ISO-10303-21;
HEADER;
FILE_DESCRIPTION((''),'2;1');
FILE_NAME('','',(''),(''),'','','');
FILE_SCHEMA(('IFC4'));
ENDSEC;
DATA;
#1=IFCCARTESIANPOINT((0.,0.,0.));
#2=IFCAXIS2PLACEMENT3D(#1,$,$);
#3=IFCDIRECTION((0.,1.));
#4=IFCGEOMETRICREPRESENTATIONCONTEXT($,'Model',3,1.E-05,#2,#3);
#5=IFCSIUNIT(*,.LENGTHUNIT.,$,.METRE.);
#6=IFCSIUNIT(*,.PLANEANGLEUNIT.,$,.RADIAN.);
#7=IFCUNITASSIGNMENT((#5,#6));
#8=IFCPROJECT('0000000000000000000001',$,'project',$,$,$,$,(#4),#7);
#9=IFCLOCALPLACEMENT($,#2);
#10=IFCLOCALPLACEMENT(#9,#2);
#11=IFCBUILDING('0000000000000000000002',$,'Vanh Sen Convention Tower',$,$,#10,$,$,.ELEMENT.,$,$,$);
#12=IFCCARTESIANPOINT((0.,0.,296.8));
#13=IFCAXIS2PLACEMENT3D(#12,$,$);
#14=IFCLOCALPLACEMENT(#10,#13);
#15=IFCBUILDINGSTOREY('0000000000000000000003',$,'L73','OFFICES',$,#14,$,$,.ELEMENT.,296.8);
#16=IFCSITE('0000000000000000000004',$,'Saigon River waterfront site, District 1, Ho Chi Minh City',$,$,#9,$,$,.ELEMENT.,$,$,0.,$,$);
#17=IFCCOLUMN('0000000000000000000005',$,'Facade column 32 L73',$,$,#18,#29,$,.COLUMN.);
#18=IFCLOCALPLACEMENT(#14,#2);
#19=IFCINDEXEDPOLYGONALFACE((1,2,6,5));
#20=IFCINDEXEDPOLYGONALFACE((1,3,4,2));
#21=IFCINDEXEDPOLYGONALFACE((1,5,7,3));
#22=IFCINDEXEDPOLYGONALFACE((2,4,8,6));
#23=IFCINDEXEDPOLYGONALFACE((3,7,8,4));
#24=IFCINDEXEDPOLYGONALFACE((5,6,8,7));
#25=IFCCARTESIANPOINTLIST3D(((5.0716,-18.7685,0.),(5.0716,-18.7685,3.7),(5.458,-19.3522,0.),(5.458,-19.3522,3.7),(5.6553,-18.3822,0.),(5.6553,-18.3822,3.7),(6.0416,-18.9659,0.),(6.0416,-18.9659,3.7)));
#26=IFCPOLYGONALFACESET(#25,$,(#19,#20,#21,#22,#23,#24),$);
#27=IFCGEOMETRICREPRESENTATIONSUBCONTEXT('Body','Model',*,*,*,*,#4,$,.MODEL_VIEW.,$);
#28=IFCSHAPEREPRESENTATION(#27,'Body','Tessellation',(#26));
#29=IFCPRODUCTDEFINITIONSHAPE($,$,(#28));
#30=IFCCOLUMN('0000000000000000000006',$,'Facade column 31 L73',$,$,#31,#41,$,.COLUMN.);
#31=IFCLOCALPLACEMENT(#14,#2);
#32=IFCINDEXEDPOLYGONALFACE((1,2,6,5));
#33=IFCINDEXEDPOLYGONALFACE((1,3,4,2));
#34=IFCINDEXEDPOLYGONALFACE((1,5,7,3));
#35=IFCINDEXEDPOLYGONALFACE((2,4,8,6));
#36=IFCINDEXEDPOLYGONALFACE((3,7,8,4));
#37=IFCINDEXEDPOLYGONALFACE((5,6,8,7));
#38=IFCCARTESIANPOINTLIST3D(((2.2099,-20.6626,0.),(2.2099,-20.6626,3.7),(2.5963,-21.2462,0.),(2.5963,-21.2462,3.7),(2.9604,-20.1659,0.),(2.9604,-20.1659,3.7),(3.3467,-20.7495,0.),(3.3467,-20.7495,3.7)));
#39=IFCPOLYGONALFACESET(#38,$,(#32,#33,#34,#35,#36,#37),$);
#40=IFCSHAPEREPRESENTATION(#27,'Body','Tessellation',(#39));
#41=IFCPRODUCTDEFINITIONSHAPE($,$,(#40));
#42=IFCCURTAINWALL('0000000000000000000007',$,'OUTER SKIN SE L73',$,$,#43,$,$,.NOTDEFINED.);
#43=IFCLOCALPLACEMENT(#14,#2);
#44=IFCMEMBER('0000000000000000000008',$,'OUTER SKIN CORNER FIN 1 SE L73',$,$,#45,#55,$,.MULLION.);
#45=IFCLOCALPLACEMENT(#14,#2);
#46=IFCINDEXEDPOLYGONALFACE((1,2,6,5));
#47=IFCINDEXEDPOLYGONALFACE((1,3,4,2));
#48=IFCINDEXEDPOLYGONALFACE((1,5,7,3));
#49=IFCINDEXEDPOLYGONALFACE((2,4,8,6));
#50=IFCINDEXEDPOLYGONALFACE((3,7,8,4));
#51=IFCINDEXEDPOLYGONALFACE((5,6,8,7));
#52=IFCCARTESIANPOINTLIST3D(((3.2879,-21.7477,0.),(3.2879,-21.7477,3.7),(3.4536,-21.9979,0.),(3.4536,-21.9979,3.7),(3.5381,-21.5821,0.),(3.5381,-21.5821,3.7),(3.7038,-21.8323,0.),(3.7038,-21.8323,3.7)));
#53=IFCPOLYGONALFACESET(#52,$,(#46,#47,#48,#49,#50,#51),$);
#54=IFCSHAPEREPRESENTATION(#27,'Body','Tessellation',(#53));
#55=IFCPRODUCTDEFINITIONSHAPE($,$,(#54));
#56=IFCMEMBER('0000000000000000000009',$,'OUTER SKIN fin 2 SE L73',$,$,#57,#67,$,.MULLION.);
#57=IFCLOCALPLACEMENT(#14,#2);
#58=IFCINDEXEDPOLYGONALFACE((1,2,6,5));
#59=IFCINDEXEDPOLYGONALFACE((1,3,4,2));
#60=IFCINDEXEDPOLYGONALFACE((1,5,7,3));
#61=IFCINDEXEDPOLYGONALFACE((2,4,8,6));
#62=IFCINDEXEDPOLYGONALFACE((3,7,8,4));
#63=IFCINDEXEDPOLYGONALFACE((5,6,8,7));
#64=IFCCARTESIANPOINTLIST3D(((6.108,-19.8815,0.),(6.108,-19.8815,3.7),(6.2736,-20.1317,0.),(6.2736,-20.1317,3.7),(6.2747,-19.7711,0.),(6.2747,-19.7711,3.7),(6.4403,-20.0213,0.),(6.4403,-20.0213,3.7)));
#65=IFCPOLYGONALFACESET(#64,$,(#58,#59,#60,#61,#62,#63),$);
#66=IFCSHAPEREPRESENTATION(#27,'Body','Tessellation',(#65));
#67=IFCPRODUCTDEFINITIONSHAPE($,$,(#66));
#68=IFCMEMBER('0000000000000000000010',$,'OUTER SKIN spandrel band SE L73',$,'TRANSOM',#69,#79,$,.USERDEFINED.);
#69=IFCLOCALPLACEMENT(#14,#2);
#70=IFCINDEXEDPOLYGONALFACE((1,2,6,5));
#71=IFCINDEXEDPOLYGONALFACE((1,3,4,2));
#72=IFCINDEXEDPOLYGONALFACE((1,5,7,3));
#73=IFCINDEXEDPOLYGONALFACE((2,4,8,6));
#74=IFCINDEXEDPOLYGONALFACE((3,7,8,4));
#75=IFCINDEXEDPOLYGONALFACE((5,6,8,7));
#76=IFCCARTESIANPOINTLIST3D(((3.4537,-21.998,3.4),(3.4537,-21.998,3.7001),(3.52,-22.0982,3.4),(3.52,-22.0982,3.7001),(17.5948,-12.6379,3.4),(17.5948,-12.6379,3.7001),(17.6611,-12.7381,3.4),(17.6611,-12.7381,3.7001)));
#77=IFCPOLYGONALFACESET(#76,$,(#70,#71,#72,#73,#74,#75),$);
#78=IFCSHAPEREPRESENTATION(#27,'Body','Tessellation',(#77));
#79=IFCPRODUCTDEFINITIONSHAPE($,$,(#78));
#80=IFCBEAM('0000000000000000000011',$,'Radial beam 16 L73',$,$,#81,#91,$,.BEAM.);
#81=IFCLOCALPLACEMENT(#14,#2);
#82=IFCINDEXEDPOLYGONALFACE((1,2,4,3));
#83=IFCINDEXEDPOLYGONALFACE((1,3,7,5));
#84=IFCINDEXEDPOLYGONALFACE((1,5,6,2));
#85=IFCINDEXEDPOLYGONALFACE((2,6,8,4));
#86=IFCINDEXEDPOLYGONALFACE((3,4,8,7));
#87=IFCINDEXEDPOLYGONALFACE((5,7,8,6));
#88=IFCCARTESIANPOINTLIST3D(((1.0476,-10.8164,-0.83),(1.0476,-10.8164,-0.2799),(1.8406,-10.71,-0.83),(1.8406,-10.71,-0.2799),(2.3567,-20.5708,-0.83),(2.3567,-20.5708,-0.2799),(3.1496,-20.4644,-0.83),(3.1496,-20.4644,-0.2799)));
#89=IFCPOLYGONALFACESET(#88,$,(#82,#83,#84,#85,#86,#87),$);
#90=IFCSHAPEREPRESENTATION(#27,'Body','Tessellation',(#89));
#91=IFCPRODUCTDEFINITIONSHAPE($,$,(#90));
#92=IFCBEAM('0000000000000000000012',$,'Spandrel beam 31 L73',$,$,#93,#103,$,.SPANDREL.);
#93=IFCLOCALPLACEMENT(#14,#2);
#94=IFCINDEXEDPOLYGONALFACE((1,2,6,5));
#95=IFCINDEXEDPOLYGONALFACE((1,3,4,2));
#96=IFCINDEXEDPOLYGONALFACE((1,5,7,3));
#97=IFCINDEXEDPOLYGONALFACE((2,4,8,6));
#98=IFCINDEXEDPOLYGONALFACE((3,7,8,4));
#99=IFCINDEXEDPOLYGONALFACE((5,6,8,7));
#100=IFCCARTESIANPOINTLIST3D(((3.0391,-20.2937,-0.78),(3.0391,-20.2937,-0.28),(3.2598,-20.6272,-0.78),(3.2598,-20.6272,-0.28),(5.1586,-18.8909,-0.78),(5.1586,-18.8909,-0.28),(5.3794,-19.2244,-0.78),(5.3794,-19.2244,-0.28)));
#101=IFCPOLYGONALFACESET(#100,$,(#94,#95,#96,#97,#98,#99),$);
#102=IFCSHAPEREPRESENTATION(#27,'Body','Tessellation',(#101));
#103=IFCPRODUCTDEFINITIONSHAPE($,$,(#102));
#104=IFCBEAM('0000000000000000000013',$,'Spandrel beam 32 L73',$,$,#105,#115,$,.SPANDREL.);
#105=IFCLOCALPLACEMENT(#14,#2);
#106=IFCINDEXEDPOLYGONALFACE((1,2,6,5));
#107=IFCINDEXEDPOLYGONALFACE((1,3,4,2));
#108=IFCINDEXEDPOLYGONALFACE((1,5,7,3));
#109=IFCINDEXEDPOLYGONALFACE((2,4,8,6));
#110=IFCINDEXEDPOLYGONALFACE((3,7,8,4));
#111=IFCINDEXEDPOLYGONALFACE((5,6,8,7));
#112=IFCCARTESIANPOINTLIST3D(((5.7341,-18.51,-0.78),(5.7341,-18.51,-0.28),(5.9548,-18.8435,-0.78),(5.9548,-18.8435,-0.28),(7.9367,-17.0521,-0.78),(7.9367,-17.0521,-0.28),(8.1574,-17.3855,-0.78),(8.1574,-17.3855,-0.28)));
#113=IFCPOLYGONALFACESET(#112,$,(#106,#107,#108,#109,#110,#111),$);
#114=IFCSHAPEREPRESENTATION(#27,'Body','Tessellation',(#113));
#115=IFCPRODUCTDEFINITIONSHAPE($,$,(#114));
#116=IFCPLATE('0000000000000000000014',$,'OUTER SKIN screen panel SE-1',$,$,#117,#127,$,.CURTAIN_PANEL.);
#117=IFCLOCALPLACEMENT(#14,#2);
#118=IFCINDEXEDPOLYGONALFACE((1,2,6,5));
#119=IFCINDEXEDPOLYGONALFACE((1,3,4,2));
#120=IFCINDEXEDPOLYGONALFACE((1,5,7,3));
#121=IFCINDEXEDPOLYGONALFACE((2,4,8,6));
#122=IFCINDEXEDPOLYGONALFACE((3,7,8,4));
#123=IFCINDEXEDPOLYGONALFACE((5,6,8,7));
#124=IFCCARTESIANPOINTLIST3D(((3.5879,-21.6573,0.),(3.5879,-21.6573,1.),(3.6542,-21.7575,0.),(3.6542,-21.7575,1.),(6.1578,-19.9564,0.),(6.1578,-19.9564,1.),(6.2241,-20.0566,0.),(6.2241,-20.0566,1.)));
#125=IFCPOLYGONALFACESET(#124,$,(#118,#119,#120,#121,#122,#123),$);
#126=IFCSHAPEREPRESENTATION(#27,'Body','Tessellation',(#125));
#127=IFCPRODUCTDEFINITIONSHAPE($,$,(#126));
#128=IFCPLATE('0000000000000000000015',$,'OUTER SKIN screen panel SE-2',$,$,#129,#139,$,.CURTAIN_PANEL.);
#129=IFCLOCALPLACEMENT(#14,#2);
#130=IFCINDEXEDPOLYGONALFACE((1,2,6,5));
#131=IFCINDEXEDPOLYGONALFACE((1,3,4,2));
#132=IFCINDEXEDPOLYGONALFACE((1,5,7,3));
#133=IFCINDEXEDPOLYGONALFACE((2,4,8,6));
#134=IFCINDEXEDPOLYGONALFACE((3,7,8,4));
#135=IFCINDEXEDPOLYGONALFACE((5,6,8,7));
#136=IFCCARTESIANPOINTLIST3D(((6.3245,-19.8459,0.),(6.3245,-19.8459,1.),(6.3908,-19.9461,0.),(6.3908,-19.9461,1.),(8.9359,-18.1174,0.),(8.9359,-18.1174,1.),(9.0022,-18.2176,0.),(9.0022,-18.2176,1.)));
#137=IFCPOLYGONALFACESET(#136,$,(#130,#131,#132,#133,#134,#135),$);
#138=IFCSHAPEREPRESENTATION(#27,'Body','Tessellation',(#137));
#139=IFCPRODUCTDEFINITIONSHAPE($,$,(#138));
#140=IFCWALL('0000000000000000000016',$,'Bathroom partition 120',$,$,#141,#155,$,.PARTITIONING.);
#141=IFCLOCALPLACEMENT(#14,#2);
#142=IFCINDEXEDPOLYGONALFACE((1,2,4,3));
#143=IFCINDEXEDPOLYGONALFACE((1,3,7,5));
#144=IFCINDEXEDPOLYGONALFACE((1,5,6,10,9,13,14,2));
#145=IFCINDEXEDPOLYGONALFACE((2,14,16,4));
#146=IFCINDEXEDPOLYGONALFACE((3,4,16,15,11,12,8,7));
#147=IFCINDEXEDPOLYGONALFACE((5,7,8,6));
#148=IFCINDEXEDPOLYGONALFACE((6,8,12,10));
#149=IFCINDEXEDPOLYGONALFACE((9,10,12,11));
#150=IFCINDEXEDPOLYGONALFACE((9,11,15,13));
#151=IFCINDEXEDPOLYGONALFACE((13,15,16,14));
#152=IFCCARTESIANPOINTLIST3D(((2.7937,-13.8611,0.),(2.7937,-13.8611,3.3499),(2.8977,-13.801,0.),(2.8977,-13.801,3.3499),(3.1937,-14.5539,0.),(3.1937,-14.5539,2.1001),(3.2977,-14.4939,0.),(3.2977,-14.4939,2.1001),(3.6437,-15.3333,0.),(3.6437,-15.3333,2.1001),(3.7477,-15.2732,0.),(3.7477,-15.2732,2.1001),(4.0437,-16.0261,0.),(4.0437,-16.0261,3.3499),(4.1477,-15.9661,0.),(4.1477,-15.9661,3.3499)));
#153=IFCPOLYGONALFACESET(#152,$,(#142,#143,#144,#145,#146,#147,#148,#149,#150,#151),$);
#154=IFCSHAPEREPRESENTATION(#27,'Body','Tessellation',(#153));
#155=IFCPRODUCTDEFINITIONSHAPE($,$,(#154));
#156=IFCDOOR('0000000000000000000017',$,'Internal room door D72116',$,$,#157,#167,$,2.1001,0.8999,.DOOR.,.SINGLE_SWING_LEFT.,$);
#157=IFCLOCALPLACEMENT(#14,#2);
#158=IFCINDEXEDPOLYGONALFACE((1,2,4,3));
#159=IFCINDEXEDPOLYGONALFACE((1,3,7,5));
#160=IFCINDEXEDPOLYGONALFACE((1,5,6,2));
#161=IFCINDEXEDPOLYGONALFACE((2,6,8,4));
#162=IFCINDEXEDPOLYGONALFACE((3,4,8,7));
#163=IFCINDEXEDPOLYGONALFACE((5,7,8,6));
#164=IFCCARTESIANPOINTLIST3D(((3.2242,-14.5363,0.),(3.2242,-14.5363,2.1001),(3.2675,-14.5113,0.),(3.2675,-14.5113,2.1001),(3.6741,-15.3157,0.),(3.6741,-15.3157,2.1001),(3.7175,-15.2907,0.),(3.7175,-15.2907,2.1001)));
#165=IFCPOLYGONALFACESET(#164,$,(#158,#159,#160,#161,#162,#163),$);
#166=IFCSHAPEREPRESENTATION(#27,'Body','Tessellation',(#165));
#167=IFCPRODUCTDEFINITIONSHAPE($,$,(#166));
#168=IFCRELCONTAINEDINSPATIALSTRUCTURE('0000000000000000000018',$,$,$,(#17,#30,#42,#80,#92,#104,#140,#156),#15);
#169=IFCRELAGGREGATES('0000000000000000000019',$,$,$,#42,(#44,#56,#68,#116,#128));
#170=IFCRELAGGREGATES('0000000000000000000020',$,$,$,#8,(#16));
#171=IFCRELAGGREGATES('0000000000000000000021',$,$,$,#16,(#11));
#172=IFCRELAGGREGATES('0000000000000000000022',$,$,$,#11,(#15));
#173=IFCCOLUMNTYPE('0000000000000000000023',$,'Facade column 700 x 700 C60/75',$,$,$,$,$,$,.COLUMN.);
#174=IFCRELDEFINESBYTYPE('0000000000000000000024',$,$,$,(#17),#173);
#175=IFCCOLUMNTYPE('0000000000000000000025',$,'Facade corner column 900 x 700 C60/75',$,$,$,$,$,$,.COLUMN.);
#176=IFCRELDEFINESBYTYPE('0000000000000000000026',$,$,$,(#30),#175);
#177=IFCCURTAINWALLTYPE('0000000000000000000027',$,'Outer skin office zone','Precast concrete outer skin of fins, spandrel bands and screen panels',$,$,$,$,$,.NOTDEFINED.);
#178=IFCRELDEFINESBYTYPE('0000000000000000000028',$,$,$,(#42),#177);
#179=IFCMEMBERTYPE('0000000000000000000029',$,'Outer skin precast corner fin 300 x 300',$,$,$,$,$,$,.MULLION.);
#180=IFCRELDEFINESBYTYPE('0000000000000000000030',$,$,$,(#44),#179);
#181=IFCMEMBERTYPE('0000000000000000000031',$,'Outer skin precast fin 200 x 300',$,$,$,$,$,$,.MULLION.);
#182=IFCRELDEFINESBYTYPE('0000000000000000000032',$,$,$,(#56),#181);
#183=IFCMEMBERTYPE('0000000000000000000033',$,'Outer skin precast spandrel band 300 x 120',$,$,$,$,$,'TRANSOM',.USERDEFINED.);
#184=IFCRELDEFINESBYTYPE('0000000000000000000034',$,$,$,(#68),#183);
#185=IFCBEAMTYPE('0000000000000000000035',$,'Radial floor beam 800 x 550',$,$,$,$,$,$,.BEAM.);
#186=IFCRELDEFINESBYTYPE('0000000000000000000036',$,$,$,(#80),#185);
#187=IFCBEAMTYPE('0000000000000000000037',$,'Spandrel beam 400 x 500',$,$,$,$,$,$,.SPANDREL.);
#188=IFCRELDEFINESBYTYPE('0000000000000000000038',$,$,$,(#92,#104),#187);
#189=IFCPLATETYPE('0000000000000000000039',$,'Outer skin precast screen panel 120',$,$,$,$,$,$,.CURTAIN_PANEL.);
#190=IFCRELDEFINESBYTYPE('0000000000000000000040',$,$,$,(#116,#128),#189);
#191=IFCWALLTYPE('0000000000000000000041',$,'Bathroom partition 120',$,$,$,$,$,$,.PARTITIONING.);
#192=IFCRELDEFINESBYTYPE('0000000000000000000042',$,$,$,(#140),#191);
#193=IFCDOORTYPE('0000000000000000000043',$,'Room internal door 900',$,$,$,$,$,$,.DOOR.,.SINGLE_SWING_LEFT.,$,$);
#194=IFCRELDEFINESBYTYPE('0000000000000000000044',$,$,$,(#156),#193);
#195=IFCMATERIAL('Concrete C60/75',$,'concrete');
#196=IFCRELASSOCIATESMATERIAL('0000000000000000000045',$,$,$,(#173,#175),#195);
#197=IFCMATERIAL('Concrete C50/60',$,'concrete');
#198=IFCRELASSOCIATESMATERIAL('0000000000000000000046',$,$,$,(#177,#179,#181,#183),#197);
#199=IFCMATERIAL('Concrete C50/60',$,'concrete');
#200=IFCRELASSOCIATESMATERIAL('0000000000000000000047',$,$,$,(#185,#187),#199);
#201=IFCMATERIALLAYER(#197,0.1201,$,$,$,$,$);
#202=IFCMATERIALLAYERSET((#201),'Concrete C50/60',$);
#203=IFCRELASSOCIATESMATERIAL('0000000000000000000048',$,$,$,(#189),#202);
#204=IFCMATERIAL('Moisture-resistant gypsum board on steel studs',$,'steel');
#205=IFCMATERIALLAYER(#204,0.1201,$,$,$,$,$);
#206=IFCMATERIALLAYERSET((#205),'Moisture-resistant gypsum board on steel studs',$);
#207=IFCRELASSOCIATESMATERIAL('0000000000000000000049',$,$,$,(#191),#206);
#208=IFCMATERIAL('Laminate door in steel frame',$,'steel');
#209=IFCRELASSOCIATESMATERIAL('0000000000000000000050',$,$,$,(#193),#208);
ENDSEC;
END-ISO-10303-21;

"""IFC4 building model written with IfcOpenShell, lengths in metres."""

from ifc_helpers import new_model, si_unit, direction, frame, frame_2d, origin, origin_2d, place, context, subcontext, project, spatial, rectangle, extrude, material, layer, layer_set, material_profile, profile_set, type_object, element, fill, aggregate, save


model = new_model("IFC4")

# Units and contexts
model_context = context("Model", 3, precision=1e-05, world=origin(), true_north=direction((0.0, 1.0)))
body_context = subcontext(model_context, "Body", "Model", "MODEL_VIEW")
ifc_project = project(units=[si_unit("LENGTHUNIT", "METRE"), si_unit("PLANEANGLEUNIT", "RADIAN")], contexts=[model_context])

# Site, building, storey
site_placement = place(None, origin())
site = spatial("IfcSite", under=ifc_project, at=site_placement, Name="Saigon River waterfront site, District 1, Ho Chi Minh City", CompositionType="ELEMENT", RefElevation=0.0)
building_placement = place(site_placement, origin())
building = spatial("IfcBuilding", under=site, at=building_placement, Name="Vanh Sen Convention Tower", CompositionType="ELEMENT")
storey_placement = place(building_placement, frame((0.0, 0.0, 296.8)))
storey = spatial("IfcBuildingStorey", under=building, at=storey_placement, Name="L73", Description="OFFICES", CompositionType="ELEMENT", Elevation=296.8)

# Columns
ifc_material_1 = material(Name="Concrete C60/75", Category="concrete")
ifc_material_profile_1 = material_profile(ifc_material_1, rectangle(XDim=0.7, YDim=0.7, at=origin_2d()), Name="RC 700X700")
ifc_profile_set_1 = profile_set([ifc_material_profile_1], Name="Concrete C60/75")
column_type_1 = type_object("IfcColumnType", Name="Facade column 700 x 700 C60/75", PredefinedType="COLUMN", material=ifc_profile_set_1)
column_1_placement = place(storey_placement, frame((5.5566, -18.8672, 0.0), z_axis=(0.0, 0.0, 1.0), x_axis=(0.833886, 0.551937, 0.0)))
element("IfcColumn", 1, at=column_1_placement, inside=storey, type_object=column_type_1, Name="Facade column 32 L73", PredefinedType="COLUMN", context=body_context, shape_type="SweptSolid", body=[
    extrude(rectangle(XDim=0.7, YDim=0.7, at=origin_2d()), origin(), (0.0, 0.0, 1.0), 3.7),
])
ifc_material_profile_2 = material_profile(ifc_material_1, rectangle(XDim=0.8999, YDim=0.7, at=origin_2d()), Name="RC 900X700")
ifc_profile_set_2 = profile_set([ifc_material_profile_2], Name="Concrete C60/75")
column_type_2 = type_object("IfcColumnType", Name="Facade corner column 900 x 700 C60/75", PredefinedType="COLUMN", material=ifc_profile_set_2)
column_2_placement = place(storey_placement, frame((2.7783, -20.7061, 0.0), z_axis=(0.0, 0.0, 1.0), x_axis=(0.833886, 0.551937, 0.0)))
element("IfcColumn", 2, at=column_2_placement, inside=storey, type_object=column_type_2, Name="Facade column 31 L73", PredefinedType="COLUMN", context=body_context, shape_type="SweptSolid", body=[
    extrude(rectangle(XDim=0.8999, YDim=0.7, at=origin_2d()), origin(), (0.0, 0.0, 1.0), 3.7),
])

# Curtain wall, members
ifc_material_2 = material(Name="Concrete C50/60", Category="concrete")
curtain_wall_type = type_object("IfcCurtainWallType", Name="Outer skin office zone", Description="Precast concrete outer skin of fins, spandrel bands and screen panels", PredefinedType="NOTDEFINED", material=ifc_material_2)
curtain_wall_placement = place(storey_placement, origin())
curtain_wall = element("IfcCurtainWall", 3, at=curtain_wall_placement, inside=storey, type_object=curtain_wall_type, Name="OUTER SKIN SE L73", PredefinedType="NOTDEFINED")
ifc_material_profile_3 = material_profile(ifc_material_2, rectangle(XDim=0.3, YDim=0.3, at=origin_2d()), Name="Outer skin precast corner fin 300 x 300")
ifc_profile_set_3 = profile_set([ifc_material_profile_3], Name="Concrete C50/60")
member_type_1 = type_object("IfcMemberType", Name="Outer skin precast corner fin 300 x 300", PredefinedType="MULLION", material=ifc_profile_set_3)
member_1_placement = place(storey_placement, frame((3.4958, -21.79, 0.0), z_axis=(0.0, 0.0, 1.0), x_axis=(0.833886, 0.551937, 0.0)))
member_1 = element("IfcMember", 4, at=member_1_placement, type_object=member_type_1, Name="OUTER SKIN CORNER FIN 1 SE L73", PredefinedType="MULLION", context=body_context, shape_type="SweptSolid", body=[
    extrude(rectangle(XDim=0.3, YDim=0.3, at=origin_2d()), origin(), (0.0, 0.0, 1.0), 3.7),
])
ifc_material_profile_4 = material_profile(ifc_material_2, rectangle(XDim=0.2, YDim=0.3, at=origin_2d()), Name="Outer skin precast fin 200 x 300")
ifc_profile_set_4 = profile_set([ifc_material_profile_4], Name="Concrete C50/60")
member_type_2 = type_object("IfcMemberType", Name="Outer skin precast fin 200 x 300", PredefinedType="MULLION", material=ifc_profile_set_4)
member_2_placement = place(storey_placement, frame((6.2742, -19.9514, 0.0), z_axis=(0.0, 0.0, 1.0), x_axis=(0.833886, 0.551937, 0.0)))
member_2 = element("IfcMember", 5, at=member_2_placement, type_object=member_type_2, Name="OUTER SKIN fin 2 SE L73", PredefinedType="MULLION", context=body_context, shape_type="SweptSolid", body=[
    extrude(rectangle(XDim=0.2, YDim=0.3, at=origin_2d()), origin(), (0.0, 0.0, 1.0), 3.7),
])
ifc_material_profile_5 = material_profile(ifc_material_2, rectangle(XDim=0.1201, YDim=0.3, at=origin_2d()), Name="Outer skin precast spandrel band 300 x 120")
ifc_profile_set_5 = profile_set([ifc_material_profile_5], Name="Concrete C50/60")
member_type_3 = type_object("IfcMemberType", Name="Outer skin precast spandrel band 300 x 120", ElementType="TRANSOM", PredefinedType="USERDEFINED", material=ifc_profile_set_5)
member_3_placement = place(storey_placement, frame((3.4868, -22.0481, 3.55), z_axis=(0.833877, 0.55195, 0.0), x_axis=(-0.55195, 0.833877, 0.0)))
member_3 = element("IfcMember", 6, at=member_3_placement, type_object=member_type_3, Name="OUTER SKIN spandrel band SE L73", ObjectType="TRANSOM", PredefinedType="USERDEFINED", context=body_context, shape_type="SweptSolid", body=[
    extrude(rectangle(XDim=0.1201, YDim=0.3, at=origin_2d()), origin(), (0.0, 0.0, 1.0), 16.9583),
])

# Beams
ifc_material_3 = material(Name="Concrete C50/60", Category="concrete")
ifc_material_profile_6 = material_profile(ifc_material_3, rectangle(XDim=0.8, YDim=0.55, at=origin_2d()), Name="RC 800X550")
ifc_profile_set_6 = profile_set([ifc_material_profile_6], Name="Concrete C50/60")
beam_type_1 = type_object("IfcBeamType", Name="Radial floor beam 800 x 550", PredefinedType="BEAM", material=ifc_profile_set_6)
beam_1_placement = place(storey_placement, frame((2.7532, -20.5176, -0.5549), z_axis=(-0.133012, 0.991114, 0.0), x_axis=(-0.991114, -0.133012, 0.0)))
element("IfcBeam", 7, at=beam_1_placement, inside=storey, type_object=beam_type_1, Name="Radial beam 16 L73", PredefinedType="BEAM", context=body_context, shape_type="SweptSolid", body=[
    extrude(rectangle(XDim=0.8, YDim=0.55, at=origin_2d()), origin(), (0.0, 0.0, 1.0), 9.8418),
])
ifc_material_profile_7 = material_profile(ifc_material_3, rectangle(XDim=0.3999, YDim=0.5, at=origin_2d()), Name="RC 400X500")
ifc_profile_set_7 = profile_set([ifc_material_profile_7], Name="Concrete C50/60")
beam_type_2 = type_object("IfcBeamType", Name="Spandrel beam 400 x 500", PredefinedType="SPANDREL", material=ifc_profile_set_7)
beam_2_placement = place(storey_placement, frame((3.1494, -20.4604, -0.53), z_axis=(0.833908, 0.551904, 0.0), x_axis=(-0.551904, 0.833908, 0.0)))
element("IfcBeam", 8, at=beam_2_placement, inside=storey, type_object=beam_type_2, Name="Spandrel beam 31 L73", PredefinedType="SPANDREL", context=body_context, shape_type="SweptSolid", body=[
    extrude(rectangle(XDim=0.3999, YDim=0.5, at=origin_2d()), origin(), (0.0, 0.0, 1.0), 2.5417),
])
beam_3_placement = place(storey_placement, frame((5.8445, -18.6768, -0.53), z_axis=(0.833866, 0.551967, 0.0), x_axis=(-0.551967, 0.833866, 0.0)))
element("IfcBeam", 9, at=beam_3_placement, inside=storey, type_object=beam_type_2, Name="Spandrel beam 32 L73", PredefinedType="SPANDREL", context=body_context, shape_type="SweptSolid", body=[
    extrude(rectangle(XDim=0.3999, YDim=0.5, at=origin_2d()), origin(), (0.0, 0.0, 1.0), 2.6414),
])

# Plates
ifc_layer_1 = layer(ifc_material_2, 0.1201)
ifc_layer_set_1 = layer_set([ifc_layer_1], Name="Concrete C50/60")
plate_type = type_object("IfcPlateType", Name="Outer skin precast screen panel 120", PredefinedType="CURTAIN_PANEL", material=ifc_layer_set_1)
plate_1_placement = place(storey_placement, frame((4.906, -20.8569, 0.0), z_axis=(0.0, 0.0, 1.0), x_axis=(0.833902, 0.551912, 0.0)))
plate_1 = element("IfcPlate", 10, at=plate_1_placement, type_object=plate_type, Name="OUTER SKIN screen panel SE-1", PredefinedType="CURTAIN_PANEL", context=body_context, shape_type="SweptSolid", body=[
    extrude(rectangle(XDim=3.0818, YDim=0.1201, at=origin_2d()), origin(), (0.0, 0.0, 1.0), 1.0),
])
plate_2_placement = place(storey_placement, frame((7.6633, -19.0317, 0.0), z_axis=(0.0, 0.0, 1.0), x_axis=(0.833879, 0.551947, 0.0)))
plate_2 = element("IfcPlate", 11, at=plate_2_placement, type_object=plate_type, Name="OUTER SKIN screen panel SE-2", PredefinedType="CURTAIN_PANEL", context=body_context, shape_type="SweptSolid", body=[
    extrude(rectangle(XDim=3.1316, YDim=0.1201, at=origin_2d()), origin(), (0.0, 0.0, 1.0), 1.0),
])
aggregate(curtain_wall, [member_1, member_2, member_3, plate_1, plate_2])

# Wall, opening, door
ifc_material_4 = material(Name="Moisture-resistant gypsum board on steel studs", Category="steel")
ifc_layer_2 = layer(ifc_material_4, 0.1201)
ifc_layer_set_2 = layer_set([ifc_layer_2], Name="Moisture-resistant gypsum board on steel studs")
wall_type_1 = type_object("IfcWallType", Name="Bathroom partition 120", PredefinedType="PARTITIONING", material=ifc_layer_set_2)
wall_1_placement = place(storey_placement, frame((4.0957, -15.9961, 0.0), z_axis=(0.0, 0.0, 1.0), x_axis=(-0.500004, 0.866023, 0.0)))
wall_1 = element("IfcWall", 12, at=wall_1_placement, inside=storey, type_object=wall_type_1, Name="Bathroom partition 120", PredefinedType="PARTITIONING", context=body_context, shape_type="SweptSolid", body=[
    extrude(rectangle(XDim=2.5, YDim=0.1201, at=frame_2d((1.25, 0.0))), origin(), (0.0, 0.0, 1.0), 3.3499),
])
opening_1_placement = place(wall_1_placement, frame((0.8, 0.0, 0.0)))
opening_1 = element("IfcOpeningElement", 13, at=opening_1_placement, cuts=wall_1, PredefinedType="OPENING", context=body_context, shape_type="SweptSolid", body=[
    extrude(rectangle(XDim=0.8999, YDim=2.1001, at=frame_2d((0.45, 1.05))), frame((0.0, 0.0701, 0.0), z_axis=(0.0, -1.0, 0.0), x_axis=(1.0, 0.0, 0.0)), (0.0, 0.0, 1.0), 0.1401),
])
ifc_material_5 = material(Name="Laminate door in steel frame", Category="steel")
door_type = type_object("IfcDoorType", Name="Room internal door 900", OperationType="SINGLE_SWING_LEFT", PredefinedType="DOOR", material=ifc_material_5)
door_placement = place(opening_1_placement, origin())
door = element("IfcDoor", 14, at=door_placement, inside=storey, type_object=door_type, Name="Internal room door D72116", OperationType="SINGLE_SWING_LEFT", OverallHeight=2.1001, OverallWidth=0.8999, PredefinedType="DOOR", context=body_context, shape_type="SweptSolid", body=[
    extrude(rectangle(XDim=0.8999, YDim=2.1001, at=frame_2d((0.45, 1.05))), frame((0.0, 0.0249, 0.0), z_axis=(0.0, -1.0, 0.0), x_axis=(1.0, 0.0, 0.0)), (0.0, 0.0, 1.0), 0.05),
])
fill(opening_1, door)

save(model, "model.ifc")
